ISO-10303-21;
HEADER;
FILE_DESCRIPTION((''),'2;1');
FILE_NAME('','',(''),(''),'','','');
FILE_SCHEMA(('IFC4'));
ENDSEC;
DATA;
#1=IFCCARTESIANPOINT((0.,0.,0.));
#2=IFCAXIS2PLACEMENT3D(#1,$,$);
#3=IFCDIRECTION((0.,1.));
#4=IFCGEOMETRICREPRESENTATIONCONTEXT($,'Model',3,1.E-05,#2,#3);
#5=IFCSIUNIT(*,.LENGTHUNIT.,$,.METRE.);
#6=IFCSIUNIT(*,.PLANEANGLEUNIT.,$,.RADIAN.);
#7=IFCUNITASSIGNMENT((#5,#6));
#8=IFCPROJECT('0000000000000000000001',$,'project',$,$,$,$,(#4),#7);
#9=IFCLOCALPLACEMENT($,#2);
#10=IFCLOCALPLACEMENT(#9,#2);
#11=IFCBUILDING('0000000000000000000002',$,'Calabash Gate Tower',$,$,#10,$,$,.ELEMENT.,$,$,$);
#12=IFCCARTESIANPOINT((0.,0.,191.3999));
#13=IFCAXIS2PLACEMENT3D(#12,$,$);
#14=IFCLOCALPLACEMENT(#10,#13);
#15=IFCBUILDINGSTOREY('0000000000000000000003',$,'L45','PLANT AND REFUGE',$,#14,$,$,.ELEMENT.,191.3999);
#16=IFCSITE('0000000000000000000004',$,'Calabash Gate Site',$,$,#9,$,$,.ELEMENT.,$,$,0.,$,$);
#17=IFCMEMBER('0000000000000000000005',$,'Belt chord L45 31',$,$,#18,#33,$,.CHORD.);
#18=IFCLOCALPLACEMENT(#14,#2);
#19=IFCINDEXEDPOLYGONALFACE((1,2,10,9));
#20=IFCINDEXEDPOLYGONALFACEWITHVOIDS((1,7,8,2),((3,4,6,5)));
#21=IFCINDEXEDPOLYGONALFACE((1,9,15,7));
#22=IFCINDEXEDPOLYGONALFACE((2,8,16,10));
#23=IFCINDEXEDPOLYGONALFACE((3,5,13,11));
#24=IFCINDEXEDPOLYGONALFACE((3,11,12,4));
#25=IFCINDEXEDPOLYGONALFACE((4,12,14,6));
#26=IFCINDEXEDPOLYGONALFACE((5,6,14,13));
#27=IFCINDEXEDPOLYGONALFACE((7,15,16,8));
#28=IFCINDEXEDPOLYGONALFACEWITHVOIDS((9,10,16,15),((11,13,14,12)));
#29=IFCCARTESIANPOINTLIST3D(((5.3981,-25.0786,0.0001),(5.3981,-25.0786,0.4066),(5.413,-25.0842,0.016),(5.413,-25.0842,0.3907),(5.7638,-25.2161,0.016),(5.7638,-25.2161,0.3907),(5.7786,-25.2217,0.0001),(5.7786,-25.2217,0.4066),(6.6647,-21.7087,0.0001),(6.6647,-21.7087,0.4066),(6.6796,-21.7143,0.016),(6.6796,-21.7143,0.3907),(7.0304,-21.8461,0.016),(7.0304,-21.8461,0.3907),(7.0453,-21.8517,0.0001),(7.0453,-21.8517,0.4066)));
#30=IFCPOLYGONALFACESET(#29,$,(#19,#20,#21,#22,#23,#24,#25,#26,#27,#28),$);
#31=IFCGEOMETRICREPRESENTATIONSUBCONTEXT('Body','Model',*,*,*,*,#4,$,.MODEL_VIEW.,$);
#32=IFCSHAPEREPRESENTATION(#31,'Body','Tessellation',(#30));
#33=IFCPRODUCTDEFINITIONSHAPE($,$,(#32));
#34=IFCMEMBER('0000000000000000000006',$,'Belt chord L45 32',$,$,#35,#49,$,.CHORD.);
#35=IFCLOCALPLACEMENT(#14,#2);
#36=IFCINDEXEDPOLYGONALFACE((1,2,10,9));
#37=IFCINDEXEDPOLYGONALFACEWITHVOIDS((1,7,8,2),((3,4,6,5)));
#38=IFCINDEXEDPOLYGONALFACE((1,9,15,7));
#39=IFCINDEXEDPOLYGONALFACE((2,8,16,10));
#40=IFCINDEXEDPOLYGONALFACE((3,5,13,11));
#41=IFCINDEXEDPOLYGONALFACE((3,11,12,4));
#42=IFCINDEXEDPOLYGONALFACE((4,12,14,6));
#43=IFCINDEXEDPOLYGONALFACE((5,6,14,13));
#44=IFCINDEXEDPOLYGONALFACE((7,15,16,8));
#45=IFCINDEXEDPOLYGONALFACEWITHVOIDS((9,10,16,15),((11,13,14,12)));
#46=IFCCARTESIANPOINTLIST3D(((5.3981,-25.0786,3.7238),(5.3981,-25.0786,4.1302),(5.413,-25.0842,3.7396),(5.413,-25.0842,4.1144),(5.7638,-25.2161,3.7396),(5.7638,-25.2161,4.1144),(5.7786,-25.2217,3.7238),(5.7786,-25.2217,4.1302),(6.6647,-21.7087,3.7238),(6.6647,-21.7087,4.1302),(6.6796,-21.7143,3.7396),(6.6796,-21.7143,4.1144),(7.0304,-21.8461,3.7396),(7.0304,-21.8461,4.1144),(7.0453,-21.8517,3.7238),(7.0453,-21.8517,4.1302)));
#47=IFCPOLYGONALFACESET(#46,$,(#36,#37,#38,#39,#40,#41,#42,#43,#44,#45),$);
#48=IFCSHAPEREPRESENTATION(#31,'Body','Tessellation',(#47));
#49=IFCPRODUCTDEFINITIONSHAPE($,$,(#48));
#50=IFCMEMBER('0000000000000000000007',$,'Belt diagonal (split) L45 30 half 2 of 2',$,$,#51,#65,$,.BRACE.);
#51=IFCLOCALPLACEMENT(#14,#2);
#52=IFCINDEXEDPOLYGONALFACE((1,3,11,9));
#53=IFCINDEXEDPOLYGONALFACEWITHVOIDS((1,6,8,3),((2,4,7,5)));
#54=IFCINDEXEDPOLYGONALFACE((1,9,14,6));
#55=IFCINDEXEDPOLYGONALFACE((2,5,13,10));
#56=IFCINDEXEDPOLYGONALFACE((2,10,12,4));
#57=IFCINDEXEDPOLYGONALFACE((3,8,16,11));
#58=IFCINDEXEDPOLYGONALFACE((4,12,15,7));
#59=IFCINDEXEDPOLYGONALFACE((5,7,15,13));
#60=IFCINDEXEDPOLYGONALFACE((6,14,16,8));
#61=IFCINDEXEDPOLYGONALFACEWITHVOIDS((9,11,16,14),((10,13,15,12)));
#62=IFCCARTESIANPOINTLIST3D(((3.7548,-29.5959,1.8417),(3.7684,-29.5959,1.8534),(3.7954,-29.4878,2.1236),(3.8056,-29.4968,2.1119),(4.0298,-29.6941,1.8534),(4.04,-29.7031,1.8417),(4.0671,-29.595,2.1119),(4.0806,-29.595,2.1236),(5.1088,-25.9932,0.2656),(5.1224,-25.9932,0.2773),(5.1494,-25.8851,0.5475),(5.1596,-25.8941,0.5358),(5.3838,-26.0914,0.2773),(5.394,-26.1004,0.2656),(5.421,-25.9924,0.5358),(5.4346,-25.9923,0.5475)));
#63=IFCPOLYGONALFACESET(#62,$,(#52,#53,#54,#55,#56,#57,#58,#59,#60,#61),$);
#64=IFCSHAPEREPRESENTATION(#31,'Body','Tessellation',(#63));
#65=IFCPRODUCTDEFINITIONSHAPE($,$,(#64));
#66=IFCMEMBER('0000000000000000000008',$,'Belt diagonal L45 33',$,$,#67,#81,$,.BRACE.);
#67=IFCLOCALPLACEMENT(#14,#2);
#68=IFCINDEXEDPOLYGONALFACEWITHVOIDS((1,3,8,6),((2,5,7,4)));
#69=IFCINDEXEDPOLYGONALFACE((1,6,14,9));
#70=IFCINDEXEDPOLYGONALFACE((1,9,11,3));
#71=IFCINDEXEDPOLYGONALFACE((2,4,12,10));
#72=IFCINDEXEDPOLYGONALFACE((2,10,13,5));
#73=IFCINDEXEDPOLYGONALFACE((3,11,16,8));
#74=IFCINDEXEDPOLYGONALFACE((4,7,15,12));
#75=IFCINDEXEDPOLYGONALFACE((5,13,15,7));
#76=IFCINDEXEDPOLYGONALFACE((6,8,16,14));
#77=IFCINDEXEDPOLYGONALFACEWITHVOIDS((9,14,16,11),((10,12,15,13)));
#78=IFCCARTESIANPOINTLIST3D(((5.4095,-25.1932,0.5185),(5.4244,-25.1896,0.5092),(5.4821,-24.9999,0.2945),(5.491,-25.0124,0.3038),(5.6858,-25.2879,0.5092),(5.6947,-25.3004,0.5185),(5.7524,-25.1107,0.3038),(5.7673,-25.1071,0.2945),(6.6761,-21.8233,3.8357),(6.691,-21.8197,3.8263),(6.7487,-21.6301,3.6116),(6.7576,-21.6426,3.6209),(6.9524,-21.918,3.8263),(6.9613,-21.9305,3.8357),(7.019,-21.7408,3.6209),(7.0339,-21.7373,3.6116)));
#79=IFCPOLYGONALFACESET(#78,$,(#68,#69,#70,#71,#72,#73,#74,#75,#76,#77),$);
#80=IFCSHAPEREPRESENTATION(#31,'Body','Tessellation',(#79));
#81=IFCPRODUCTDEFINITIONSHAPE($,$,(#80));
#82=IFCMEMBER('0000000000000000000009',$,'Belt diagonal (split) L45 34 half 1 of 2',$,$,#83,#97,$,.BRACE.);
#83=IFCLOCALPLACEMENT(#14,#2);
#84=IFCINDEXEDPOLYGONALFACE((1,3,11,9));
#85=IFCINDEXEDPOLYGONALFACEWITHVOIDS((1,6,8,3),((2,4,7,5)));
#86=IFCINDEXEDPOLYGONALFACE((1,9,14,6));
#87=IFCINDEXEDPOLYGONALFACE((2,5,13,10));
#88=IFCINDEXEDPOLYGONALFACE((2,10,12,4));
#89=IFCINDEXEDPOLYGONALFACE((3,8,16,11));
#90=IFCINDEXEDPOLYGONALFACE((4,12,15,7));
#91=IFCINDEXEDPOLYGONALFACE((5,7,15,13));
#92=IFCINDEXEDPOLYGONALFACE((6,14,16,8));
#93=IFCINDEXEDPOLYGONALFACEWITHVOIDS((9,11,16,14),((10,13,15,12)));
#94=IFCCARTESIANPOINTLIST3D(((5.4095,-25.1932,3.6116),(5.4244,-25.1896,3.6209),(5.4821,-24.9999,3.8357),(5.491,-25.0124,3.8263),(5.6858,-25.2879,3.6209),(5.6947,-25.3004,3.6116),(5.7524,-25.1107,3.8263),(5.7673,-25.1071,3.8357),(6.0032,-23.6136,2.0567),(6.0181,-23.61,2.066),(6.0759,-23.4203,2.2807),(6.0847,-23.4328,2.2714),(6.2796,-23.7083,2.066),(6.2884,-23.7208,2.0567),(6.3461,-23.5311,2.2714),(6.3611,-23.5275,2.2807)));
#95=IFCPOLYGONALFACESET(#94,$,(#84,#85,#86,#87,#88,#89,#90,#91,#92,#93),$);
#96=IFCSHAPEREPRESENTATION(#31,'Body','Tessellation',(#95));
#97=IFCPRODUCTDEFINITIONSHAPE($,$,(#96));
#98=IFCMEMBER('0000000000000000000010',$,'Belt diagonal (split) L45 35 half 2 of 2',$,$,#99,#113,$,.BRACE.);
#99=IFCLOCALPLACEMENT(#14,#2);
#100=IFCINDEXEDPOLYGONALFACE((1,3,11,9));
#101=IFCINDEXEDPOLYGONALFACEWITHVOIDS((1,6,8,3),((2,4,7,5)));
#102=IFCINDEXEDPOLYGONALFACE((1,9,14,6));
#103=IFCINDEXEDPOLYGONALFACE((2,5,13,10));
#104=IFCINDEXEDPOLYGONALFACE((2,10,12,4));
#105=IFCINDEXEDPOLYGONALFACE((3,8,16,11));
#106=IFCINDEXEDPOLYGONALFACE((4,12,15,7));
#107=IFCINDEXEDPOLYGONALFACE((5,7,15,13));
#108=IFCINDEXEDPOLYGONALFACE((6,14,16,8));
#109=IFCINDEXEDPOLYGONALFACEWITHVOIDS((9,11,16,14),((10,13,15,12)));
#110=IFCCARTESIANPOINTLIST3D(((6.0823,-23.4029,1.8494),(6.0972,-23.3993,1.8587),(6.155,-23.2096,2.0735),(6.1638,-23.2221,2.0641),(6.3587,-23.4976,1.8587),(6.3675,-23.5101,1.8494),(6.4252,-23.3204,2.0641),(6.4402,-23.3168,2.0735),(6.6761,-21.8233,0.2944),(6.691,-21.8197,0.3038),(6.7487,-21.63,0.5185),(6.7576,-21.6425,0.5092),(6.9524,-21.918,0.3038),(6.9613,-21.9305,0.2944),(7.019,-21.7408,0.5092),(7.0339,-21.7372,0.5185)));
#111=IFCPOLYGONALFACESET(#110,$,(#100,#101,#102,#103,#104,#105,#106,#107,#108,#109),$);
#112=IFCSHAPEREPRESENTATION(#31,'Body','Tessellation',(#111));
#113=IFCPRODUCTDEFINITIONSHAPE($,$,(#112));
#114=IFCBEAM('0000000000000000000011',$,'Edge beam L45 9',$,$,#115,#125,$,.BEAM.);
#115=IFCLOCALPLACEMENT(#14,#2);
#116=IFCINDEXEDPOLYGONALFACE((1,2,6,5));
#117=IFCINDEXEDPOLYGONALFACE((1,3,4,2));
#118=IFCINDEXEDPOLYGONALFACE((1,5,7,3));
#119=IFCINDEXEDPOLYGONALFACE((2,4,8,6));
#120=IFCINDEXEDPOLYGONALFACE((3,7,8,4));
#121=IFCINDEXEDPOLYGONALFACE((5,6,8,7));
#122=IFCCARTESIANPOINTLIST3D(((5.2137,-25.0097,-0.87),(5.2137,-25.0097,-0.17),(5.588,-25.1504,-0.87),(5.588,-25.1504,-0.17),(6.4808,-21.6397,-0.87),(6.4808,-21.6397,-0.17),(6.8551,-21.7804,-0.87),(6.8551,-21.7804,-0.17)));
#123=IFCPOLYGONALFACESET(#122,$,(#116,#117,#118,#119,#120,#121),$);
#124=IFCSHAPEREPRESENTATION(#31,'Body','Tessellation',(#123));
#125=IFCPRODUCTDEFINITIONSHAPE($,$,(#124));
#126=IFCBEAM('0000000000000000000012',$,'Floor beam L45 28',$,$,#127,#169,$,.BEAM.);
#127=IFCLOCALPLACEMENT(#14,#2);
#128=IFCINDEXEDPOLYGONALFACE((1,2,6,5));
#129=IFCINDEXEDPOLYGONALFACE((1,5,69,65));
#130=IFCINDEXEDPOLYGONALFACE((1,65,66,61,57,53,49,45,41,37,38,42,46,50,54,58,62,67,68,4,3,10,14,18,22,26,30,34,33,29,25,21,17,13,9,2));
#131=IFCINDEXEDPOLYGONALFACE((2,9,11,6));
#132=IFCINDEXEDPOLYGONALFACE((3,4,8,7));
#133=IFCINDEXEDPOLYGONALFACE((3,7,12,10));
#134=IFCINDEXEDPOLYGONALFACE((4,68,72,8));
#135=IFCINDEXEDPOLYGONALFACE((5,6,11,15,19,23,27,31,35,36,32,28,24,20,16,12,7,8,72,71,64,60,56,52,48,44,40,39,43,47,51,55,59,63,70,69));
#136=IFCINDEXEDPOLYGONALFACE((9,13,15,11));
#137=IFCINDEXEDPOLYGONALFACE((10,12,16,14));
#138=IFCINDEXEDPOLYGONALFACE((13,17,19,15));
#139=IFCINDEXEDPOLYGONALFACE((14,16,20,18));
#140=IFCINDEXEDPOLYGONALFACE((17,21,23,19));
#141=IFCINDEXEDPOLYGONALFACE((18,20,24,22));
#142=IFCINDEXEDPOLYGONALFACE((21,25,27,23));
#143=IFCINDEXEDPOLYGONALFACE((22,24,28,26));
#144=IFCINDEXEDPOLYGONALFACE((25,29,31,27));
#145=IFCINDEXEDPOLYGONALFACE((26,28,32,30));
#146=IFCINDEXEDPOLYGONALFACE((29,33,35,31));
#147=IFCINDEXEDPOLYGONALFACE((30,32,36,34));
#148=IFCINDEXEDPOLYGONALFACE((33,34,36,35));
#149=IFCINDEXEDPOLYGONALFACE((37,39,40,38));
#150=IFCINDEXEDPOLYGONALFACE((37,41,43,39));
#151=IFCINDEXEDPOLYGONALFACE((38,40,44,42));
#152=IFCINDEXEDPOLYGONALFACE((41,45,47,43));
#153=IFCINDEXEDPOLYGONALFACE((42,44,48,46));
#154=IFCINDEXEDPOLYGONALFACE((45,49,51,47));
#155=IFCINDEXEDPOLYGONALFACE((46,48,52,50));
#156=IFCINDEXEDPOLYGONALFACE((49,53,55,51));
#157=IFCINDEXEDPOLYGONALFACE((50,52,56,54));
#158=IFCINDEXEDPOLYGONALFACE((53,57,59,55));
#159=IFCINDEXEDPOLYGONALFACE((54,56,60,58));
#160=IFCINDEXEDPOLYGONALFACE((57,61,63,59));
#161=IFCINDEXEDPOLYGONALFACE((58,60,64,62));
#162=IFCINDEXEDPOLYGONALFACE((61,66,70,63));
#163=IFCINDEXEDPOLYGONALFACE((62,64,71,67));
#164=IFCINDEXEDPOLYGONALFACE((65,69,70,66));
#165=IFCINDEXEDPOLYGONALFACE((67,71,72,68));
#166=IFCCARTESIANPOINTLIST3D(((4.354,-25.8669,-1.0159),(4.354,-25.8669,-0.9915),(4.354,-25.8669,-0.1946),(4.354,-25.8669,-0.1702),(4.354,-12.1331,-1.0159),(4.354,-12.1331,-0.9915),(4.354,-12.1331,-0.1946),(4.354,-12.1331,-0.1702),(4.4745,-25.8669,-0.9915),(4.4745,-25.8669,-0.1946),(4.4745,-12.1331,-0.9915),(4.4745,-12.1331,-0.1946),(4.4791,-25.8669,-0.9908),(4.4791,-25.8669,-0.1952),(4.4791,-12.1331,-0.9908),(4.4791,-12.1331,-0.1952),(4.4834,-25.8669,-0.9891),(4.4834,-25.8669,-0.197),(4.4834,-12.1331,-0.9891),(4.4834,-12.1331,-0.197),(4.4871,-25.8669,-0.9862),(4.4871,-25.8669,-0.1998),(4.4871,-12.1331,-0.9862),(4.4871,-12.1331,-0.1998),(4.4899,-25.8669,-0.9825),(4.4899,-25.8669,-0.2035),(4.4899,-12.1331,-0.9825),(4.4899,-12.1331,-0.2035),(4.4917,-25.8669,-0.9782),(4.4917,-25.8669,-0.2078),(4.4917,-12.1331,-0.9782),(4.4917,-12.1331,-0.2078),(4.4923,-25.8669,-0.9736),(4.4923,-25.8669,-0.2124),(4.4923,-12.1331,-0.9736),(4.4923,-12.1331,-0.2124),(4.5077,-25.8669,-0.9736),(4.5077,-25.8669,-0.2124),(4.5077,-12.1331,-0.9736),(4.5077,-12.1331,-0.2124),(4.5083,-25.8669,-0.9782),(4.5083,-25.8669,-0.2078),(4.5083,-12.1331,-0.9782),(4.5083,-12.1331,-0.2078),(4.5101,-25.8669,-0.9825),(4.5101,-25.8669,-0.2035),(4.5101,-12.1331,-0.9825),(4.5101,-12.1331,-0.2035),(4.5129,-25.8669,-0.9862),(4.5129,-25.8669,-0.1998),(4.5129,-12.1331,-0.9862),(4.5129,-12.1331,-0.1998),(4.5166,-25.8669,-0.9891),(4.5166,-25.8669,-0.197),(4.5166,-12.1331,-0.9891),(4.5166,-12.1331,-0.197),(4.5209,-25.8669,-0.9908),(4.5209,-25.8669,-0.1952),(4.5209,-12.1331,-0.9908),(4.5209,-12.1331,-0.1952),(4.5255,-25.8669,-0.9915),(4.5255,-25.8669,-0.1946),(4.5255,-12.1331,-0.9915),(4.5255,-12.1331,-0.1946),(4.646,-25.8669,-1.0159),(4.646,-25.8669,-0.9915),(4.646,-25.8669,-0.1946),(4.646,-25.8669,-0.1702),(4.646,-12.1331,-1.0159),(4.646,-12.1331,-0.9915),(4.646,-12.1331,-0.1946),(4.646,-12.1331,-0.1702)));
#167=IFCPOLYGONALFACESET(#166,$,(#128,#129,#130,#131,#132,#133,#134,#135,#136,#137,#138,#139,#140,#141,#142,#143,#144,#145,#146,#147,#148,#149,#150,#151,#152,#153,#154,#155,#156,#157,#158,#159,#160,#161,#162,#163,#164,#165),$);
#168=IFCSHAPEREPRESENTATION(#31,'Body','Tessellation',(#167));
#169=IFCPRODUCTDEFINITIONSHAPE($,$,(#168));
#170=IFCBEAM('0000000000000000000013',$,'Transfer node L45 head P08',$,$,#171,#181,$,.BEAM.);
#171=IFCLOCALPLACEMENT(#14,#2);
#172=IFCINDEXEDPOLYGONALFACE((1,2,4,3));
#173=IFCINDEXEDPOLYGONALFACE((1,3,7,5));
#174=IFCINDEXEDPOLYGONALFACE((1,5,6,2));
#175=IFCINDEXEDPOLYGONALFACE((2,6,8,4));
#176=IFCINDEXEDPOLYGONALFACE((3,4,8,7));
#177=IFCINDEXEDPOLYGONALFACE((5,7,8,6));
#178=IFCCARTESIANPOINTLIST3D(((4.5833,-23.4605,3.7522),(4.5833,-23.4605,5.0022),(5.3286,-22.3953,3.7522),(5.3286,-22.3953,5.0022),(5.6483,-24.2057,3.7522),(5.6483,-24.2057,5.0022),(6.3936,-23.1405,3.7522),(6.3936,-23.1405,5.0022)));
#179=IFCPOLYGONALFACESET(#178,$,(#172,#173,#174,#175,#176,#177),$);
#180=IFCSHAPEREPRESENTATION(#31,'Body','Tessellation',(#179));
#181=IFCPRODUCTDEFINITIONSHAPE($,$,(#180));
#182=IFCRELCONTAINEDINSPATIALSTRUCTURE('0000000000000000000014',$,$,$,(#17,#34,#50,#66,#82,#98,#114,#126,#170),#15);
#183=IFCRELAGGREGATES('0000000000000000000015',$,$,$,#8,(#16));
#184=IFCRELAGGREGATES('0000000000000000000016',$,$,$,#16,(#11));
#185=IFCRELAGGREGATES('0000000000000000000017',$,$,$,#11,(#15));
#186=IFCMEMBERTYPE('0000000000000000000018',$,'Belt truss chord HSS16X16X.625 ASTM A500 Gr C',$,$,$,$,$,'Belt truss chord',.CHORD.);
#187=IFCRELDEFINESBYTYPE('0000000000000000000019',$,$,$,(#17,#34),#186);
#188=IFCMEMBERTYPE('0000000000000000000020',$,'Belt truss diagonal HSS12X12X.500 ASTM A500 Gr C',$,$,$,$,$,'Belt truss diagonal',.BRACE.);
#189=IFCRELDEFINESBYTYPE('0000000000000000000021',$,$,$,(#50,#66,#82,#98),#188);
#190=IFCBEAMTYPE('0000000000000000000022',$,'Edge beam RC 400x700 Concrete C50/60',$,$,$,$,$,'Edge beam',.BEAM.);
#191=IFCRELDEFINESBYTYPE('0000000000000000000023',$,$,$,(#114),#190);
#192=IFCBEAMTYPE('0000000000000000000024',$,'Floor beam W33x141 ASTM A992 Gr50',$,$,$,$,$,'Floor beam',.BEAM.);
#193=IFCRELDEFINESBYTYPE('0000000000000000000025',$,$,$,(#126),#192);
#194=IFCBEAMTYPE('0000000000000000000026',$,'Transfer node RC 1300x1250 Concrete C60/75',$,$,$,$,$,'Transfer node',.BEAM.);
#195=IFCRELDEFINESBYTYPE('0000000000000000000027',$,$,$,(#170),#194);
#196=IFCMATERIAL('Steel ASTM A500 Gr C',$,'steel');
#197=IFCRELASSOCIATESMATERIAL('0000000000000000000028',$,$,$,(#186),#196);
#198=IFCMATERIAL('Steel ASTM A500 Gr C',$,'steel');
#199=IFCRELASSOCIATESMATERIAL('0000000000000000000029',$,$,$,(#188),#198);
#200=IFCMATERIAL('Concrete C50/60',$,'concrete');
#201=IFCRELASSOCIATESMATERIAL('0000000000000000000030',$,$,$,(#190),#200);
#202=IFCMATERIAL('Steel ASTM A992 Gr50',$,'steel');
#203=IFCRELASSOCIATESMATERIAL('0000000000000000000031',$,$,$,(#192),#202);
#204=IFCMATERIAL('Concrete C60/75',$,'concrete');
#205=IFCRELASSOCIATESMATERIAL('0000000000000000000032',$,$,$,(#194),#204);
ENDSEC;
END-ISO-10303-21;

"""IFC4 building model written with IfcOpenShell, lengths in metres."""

from ifc_helpers import new_model, si_unit, direction, frame, origin, origin_2d, place, context, subcontext, project, spatial, rectangle, hollow_rectangle, i_section, extrude, material, material_profile, profile_set, type_object, element, save


model = new_model("IFC4")

# Units and contexts
model_context = context("Model", 3, precision=1e-05, world=origin(), true_north=direction((0.0, 1.0)))
body_context = subcontext(model_context, "Body", "Model", "MODEL_VIEW")
ifc_project = project(units=[si_unit("LENGTHUNIT", "METRE"), si_unit("PLANEANGLEUNIT", "RADIAN")], contexts=[model_context])

# Site, building, storey
site_placement = place(None, origin())
site = spatial("IfcSite", under=ifc_project, at=site_placement, Name="Calabash Gate Site", CompositionType="ELEMENT", RefElevation=0.0)
building_placement = place(site_placement, origin())
building = spatial("IfcBuilding", under=site, at=building_placement, Name="Calabash Gate Tower", CompositionType="ELEMENT")
storey_placement = place(building_placement, frame((0.0, 0.0, 191.3999)))
storey = spatial("IfcBuildingStorey", under=building, at=storey_placement, Name="L45", Description="PLANT AND REFUGE", CompositionType="ELEMENT", Elevation=191.3999)

# Members
ifc_material_1 = material(Name="Steel ASTM A500 Gr C", Category="steel")
ifc_material_profile_1 = material_profile(ifc_material_1, hollow_rectangle(XDim=0.4065, YDim=0.4065, WallThickness=0.0159, at=origin_2d()))
ifc_profile_set_1 = profile_set([ifc_material_profile_1], Name="Steel ASTM A500 Gr C")
member_type_1 = type_object("IfcMemberType", Name="Belt truss chord HSS16X16X.625 ASTM A500 Gr C", ElementType="Belt truss chord", PredefinedType="CHORD", material=ifc_profile_set_1)
for number, where, z_axis, x_axis, name in (
    (1, (5.5884, -25.1501, 0.2034), (0.351829, 0.936064, 0.0), (-0.936064, 0.351829, 0.0), "Belt chord L45 31"),
    (2, (5.5884, -25.1501, 3.927), (0.351829, 0.936064, 0.0), (-0.936064, 0.351829, 0.0), "Belt chord L45 32"),
):
    element("IfcMember", number, at=place(storey_placement, frame(where, z_axis=z_axis, x_axis=x_axis)), inside=storey, type_object=member_type_1, Name=name, PredefinedType="CHORD", context=body_context, shape_type="SweptSolid", body=[
        extrude(hollow_rectangle(XDim=0.4065, YDim=0.4065, WallThickness=0.0159, at=origin_2d()), origin(), (0.0, 0.0, 1.0), 3.6001),
    ])
ifc_material_2 = material(Name="Steel ASTM A500 Gr C", Category="steel")
ifc_material_profile_2 = material_profile(ifc_material_2, hollow_rectangle(XDim=0.3047, YDim=0.3047, WallThickness=0.0127, at=origin_2d()))
ifc_profile_set_2 = profile_set([ifc_material_profile_2], Name="Steel ASTM A500 Gr C")
member_type_2 = type_object("IfcMemberType", Name="Belt truss diagonal HSS12X12X.500 ASTM A500 Gr C", ElementType="Belt truss diagonal", PredefinedType="BRACE", material=ifc_profile_set_2)
member_1_placement = place(storey_placement, frame((3.9177, -29.5955, 1.9827), z_axis=(0.325556, 0.866252, -0.378974), x_axis=(-0.936076, 0.351798, 0.0)))
element("IfcMember", 3, at=member_1_placement, inside=storey, type_object=member_type_2, Name="Belt diagonal (split) L45 30 half 2 of 2", PredefinedType="BRACE", context=body_context, shape_type="SweptSolid", body=[
    extrude(hollow_rectangle(XDim=0.3047, YDim=0.3047, WallThickness=0.0127, at=origin_2d()), origin(), (0.0, 0.0, 1.0), 4.1589),
])
member_2_placement = place(storey_placement, frame((5.5884, -25.1501, 0.4065), z_axis=(0.25874, 0.688393, 0.67762), x_axis=(-0.936064, 0.351829, 0.0)))
element("IfcMember", 4, at=member_2_placement, inside=storey, type_object=member_type_2, Name="Belt diagonal L45 33", PredefinedType="BRACE", context=body_context, shape_type="SweptSolid", body=[
    extrude(hollow_rectangle(XDim=0.3047, YDim=0.3047, WallThickness=0.0127, at=origin_2d()), origin(), (0.0, 0.0, 1.0), 4.8953),
])
for number, where, z_axis, x_axis, name in (
    (5, (5.5884, -25.1501, 3.7236), (0.258753, 0.688377, -0.677631), (-0.936055, 0.351853, 0.0), "Belt diagonal (split) L45 34 half 1 of 2"),
    (6, (6.2612, -23.3599, 1.9614), (0.258753, 0.688377, -0.677631), (-0.936055, 0.351853, 0.0), "Belt diagonal (split) L45 35 half 2 of 2"),
):
    element("IfcMember", number, at=place(storey_placement, frame(where, z_axis=z_axis, x_axis=x_axis)), inside=storey, type_object=member_type_2, Name=name, PredefinedType="BRACE", context=body_context, shape_type="SweptSolid", body=[
        extrude(hollow_rectangle(XDim=0.3047, YDim=0.3047, WallThickness=0.0127, at=origin_2d()), origin(), (0.0, 0.0, 1.0), 2.2947),
    ])

# Beams
ifc_material_3 = material(Name="Concrete C50/60", Category="concrete")
ifc_material_profile_3 = material_profile(ifc_material_3, rectangle(XDim=0.3999, YDim=0.7, at=origin_2d()))
ifc_profile_set_3 = profile_set([ifc_material_profile_3], Name="Concrete C50/60")
beam_type_1 = type_object("IfcBeamType", Name="Edge beam RC 400x700 Concrete C50/60", ElementType="Edge beam", PredefinedType="BEAM", material=ifc_profile_set_3)
beam_1_placement = place(storey_placement, frame((5.4009, -25.0801, -0.52), z_axis=(0.351926, 0.936028, 0.0), x_axis=(-0.936028, 0.351926, 0.0)))
element("IfcBeam", 7, at=beam_1_placement, inside=storey, type_object=beam_type_1, Name="Edge beam L45 9", PredefinedType="BEAM", context=body_context, shape_type="SweptSolid", body=[
    extrude(rectangle(XDim=0.3999, YDim=0.7, at=origin_2d()), origin(), (0.0, 0.0, 1.0), 3.6003),
])
ifc_material_4 = material(Name="Steel ASTM A992 Gr50", Category="steel")
ifc_material_profile_4 = material_profile(ifc_material_4, i_section(OverallWidth=0.292, OverallDepth=0.8457, WebThickness=0.0154, FlangeThickness=0.0244, FilletRadius=0.0178, at=origin_2d()))
ifc_profile_set_4 = profile_set([ifc_material_profile_4], Name="Steel ASTM A992 Gr50")
beam_type_2 = type_object("IfcBeamType", Name="Floor beam W33x141 ASTM A992 Gr50", ElementType="Floor beam", PredefinedType="BEAM", material=ifc_profile_set_4)
beam_2_placement = place(storey_placement, frame((4.5, -25.8669, -0.593), z_axis=(0.0, 1.0, 0.0), x_axis=(-1.0, 0.0, 0.0)))
element("IfcBeam", 8, at=beam_2_placement, inside=storey, type_object=beam_type_2, Name="Floor beam L45 28", PredefinedType="BEAM", context=body_context, shape_type="SweptSolid", body=[
    extrude(i_section(OverallWidth=0.292, OverallDepth=0.8457, WebThickness=0.0154, FlangeThickness=0.0244, FilletRadius=0.0178, at=origin_2d()), origin(), (0.0, 0.0, 1.0), 13.7339),
])
ifc_material_5 = material(Name="Concrete C60/75", Category="concrete")
ifc_material_profile_5 = material_profile(ifc_material_5, rectangle(XDim=1.3, YDim=1.25, at=origin_2d()))
ifc_profile_set_5 = profile_set([ifc_material_profile_5], Name="Concrete C60/75")
beam_type_3 = type_object("IfcBeamType", Name="Transfer node RC 1300x1250 Concrete C60/75", ElementType="Transfer node", PredefinedType="BEAM", material=ifc_profile_set_5)
beam_3_placement = place(storey_placement, frame((6.021, -23.6731, 4.3772), z_axis=(-0.819355, 0.573286, 0.0), x_axis=(-0.573286, -0.819355, 0.0)))
element("IfcBeam", 9, at=beam_3_placement, inside=storey, type_object=beam_type_3, Name="Transfer node L45 head P08", PredefinedType="BEAM", context=body_context, shape_type="SweptSolid", body=[
    extrude(rectangle(XDim=1.3, YDim=1.25, at=origin_2d()), origin(), (0.0, 0.0, 1.0), 1.2998),
])

save(model, "model.ifc")
